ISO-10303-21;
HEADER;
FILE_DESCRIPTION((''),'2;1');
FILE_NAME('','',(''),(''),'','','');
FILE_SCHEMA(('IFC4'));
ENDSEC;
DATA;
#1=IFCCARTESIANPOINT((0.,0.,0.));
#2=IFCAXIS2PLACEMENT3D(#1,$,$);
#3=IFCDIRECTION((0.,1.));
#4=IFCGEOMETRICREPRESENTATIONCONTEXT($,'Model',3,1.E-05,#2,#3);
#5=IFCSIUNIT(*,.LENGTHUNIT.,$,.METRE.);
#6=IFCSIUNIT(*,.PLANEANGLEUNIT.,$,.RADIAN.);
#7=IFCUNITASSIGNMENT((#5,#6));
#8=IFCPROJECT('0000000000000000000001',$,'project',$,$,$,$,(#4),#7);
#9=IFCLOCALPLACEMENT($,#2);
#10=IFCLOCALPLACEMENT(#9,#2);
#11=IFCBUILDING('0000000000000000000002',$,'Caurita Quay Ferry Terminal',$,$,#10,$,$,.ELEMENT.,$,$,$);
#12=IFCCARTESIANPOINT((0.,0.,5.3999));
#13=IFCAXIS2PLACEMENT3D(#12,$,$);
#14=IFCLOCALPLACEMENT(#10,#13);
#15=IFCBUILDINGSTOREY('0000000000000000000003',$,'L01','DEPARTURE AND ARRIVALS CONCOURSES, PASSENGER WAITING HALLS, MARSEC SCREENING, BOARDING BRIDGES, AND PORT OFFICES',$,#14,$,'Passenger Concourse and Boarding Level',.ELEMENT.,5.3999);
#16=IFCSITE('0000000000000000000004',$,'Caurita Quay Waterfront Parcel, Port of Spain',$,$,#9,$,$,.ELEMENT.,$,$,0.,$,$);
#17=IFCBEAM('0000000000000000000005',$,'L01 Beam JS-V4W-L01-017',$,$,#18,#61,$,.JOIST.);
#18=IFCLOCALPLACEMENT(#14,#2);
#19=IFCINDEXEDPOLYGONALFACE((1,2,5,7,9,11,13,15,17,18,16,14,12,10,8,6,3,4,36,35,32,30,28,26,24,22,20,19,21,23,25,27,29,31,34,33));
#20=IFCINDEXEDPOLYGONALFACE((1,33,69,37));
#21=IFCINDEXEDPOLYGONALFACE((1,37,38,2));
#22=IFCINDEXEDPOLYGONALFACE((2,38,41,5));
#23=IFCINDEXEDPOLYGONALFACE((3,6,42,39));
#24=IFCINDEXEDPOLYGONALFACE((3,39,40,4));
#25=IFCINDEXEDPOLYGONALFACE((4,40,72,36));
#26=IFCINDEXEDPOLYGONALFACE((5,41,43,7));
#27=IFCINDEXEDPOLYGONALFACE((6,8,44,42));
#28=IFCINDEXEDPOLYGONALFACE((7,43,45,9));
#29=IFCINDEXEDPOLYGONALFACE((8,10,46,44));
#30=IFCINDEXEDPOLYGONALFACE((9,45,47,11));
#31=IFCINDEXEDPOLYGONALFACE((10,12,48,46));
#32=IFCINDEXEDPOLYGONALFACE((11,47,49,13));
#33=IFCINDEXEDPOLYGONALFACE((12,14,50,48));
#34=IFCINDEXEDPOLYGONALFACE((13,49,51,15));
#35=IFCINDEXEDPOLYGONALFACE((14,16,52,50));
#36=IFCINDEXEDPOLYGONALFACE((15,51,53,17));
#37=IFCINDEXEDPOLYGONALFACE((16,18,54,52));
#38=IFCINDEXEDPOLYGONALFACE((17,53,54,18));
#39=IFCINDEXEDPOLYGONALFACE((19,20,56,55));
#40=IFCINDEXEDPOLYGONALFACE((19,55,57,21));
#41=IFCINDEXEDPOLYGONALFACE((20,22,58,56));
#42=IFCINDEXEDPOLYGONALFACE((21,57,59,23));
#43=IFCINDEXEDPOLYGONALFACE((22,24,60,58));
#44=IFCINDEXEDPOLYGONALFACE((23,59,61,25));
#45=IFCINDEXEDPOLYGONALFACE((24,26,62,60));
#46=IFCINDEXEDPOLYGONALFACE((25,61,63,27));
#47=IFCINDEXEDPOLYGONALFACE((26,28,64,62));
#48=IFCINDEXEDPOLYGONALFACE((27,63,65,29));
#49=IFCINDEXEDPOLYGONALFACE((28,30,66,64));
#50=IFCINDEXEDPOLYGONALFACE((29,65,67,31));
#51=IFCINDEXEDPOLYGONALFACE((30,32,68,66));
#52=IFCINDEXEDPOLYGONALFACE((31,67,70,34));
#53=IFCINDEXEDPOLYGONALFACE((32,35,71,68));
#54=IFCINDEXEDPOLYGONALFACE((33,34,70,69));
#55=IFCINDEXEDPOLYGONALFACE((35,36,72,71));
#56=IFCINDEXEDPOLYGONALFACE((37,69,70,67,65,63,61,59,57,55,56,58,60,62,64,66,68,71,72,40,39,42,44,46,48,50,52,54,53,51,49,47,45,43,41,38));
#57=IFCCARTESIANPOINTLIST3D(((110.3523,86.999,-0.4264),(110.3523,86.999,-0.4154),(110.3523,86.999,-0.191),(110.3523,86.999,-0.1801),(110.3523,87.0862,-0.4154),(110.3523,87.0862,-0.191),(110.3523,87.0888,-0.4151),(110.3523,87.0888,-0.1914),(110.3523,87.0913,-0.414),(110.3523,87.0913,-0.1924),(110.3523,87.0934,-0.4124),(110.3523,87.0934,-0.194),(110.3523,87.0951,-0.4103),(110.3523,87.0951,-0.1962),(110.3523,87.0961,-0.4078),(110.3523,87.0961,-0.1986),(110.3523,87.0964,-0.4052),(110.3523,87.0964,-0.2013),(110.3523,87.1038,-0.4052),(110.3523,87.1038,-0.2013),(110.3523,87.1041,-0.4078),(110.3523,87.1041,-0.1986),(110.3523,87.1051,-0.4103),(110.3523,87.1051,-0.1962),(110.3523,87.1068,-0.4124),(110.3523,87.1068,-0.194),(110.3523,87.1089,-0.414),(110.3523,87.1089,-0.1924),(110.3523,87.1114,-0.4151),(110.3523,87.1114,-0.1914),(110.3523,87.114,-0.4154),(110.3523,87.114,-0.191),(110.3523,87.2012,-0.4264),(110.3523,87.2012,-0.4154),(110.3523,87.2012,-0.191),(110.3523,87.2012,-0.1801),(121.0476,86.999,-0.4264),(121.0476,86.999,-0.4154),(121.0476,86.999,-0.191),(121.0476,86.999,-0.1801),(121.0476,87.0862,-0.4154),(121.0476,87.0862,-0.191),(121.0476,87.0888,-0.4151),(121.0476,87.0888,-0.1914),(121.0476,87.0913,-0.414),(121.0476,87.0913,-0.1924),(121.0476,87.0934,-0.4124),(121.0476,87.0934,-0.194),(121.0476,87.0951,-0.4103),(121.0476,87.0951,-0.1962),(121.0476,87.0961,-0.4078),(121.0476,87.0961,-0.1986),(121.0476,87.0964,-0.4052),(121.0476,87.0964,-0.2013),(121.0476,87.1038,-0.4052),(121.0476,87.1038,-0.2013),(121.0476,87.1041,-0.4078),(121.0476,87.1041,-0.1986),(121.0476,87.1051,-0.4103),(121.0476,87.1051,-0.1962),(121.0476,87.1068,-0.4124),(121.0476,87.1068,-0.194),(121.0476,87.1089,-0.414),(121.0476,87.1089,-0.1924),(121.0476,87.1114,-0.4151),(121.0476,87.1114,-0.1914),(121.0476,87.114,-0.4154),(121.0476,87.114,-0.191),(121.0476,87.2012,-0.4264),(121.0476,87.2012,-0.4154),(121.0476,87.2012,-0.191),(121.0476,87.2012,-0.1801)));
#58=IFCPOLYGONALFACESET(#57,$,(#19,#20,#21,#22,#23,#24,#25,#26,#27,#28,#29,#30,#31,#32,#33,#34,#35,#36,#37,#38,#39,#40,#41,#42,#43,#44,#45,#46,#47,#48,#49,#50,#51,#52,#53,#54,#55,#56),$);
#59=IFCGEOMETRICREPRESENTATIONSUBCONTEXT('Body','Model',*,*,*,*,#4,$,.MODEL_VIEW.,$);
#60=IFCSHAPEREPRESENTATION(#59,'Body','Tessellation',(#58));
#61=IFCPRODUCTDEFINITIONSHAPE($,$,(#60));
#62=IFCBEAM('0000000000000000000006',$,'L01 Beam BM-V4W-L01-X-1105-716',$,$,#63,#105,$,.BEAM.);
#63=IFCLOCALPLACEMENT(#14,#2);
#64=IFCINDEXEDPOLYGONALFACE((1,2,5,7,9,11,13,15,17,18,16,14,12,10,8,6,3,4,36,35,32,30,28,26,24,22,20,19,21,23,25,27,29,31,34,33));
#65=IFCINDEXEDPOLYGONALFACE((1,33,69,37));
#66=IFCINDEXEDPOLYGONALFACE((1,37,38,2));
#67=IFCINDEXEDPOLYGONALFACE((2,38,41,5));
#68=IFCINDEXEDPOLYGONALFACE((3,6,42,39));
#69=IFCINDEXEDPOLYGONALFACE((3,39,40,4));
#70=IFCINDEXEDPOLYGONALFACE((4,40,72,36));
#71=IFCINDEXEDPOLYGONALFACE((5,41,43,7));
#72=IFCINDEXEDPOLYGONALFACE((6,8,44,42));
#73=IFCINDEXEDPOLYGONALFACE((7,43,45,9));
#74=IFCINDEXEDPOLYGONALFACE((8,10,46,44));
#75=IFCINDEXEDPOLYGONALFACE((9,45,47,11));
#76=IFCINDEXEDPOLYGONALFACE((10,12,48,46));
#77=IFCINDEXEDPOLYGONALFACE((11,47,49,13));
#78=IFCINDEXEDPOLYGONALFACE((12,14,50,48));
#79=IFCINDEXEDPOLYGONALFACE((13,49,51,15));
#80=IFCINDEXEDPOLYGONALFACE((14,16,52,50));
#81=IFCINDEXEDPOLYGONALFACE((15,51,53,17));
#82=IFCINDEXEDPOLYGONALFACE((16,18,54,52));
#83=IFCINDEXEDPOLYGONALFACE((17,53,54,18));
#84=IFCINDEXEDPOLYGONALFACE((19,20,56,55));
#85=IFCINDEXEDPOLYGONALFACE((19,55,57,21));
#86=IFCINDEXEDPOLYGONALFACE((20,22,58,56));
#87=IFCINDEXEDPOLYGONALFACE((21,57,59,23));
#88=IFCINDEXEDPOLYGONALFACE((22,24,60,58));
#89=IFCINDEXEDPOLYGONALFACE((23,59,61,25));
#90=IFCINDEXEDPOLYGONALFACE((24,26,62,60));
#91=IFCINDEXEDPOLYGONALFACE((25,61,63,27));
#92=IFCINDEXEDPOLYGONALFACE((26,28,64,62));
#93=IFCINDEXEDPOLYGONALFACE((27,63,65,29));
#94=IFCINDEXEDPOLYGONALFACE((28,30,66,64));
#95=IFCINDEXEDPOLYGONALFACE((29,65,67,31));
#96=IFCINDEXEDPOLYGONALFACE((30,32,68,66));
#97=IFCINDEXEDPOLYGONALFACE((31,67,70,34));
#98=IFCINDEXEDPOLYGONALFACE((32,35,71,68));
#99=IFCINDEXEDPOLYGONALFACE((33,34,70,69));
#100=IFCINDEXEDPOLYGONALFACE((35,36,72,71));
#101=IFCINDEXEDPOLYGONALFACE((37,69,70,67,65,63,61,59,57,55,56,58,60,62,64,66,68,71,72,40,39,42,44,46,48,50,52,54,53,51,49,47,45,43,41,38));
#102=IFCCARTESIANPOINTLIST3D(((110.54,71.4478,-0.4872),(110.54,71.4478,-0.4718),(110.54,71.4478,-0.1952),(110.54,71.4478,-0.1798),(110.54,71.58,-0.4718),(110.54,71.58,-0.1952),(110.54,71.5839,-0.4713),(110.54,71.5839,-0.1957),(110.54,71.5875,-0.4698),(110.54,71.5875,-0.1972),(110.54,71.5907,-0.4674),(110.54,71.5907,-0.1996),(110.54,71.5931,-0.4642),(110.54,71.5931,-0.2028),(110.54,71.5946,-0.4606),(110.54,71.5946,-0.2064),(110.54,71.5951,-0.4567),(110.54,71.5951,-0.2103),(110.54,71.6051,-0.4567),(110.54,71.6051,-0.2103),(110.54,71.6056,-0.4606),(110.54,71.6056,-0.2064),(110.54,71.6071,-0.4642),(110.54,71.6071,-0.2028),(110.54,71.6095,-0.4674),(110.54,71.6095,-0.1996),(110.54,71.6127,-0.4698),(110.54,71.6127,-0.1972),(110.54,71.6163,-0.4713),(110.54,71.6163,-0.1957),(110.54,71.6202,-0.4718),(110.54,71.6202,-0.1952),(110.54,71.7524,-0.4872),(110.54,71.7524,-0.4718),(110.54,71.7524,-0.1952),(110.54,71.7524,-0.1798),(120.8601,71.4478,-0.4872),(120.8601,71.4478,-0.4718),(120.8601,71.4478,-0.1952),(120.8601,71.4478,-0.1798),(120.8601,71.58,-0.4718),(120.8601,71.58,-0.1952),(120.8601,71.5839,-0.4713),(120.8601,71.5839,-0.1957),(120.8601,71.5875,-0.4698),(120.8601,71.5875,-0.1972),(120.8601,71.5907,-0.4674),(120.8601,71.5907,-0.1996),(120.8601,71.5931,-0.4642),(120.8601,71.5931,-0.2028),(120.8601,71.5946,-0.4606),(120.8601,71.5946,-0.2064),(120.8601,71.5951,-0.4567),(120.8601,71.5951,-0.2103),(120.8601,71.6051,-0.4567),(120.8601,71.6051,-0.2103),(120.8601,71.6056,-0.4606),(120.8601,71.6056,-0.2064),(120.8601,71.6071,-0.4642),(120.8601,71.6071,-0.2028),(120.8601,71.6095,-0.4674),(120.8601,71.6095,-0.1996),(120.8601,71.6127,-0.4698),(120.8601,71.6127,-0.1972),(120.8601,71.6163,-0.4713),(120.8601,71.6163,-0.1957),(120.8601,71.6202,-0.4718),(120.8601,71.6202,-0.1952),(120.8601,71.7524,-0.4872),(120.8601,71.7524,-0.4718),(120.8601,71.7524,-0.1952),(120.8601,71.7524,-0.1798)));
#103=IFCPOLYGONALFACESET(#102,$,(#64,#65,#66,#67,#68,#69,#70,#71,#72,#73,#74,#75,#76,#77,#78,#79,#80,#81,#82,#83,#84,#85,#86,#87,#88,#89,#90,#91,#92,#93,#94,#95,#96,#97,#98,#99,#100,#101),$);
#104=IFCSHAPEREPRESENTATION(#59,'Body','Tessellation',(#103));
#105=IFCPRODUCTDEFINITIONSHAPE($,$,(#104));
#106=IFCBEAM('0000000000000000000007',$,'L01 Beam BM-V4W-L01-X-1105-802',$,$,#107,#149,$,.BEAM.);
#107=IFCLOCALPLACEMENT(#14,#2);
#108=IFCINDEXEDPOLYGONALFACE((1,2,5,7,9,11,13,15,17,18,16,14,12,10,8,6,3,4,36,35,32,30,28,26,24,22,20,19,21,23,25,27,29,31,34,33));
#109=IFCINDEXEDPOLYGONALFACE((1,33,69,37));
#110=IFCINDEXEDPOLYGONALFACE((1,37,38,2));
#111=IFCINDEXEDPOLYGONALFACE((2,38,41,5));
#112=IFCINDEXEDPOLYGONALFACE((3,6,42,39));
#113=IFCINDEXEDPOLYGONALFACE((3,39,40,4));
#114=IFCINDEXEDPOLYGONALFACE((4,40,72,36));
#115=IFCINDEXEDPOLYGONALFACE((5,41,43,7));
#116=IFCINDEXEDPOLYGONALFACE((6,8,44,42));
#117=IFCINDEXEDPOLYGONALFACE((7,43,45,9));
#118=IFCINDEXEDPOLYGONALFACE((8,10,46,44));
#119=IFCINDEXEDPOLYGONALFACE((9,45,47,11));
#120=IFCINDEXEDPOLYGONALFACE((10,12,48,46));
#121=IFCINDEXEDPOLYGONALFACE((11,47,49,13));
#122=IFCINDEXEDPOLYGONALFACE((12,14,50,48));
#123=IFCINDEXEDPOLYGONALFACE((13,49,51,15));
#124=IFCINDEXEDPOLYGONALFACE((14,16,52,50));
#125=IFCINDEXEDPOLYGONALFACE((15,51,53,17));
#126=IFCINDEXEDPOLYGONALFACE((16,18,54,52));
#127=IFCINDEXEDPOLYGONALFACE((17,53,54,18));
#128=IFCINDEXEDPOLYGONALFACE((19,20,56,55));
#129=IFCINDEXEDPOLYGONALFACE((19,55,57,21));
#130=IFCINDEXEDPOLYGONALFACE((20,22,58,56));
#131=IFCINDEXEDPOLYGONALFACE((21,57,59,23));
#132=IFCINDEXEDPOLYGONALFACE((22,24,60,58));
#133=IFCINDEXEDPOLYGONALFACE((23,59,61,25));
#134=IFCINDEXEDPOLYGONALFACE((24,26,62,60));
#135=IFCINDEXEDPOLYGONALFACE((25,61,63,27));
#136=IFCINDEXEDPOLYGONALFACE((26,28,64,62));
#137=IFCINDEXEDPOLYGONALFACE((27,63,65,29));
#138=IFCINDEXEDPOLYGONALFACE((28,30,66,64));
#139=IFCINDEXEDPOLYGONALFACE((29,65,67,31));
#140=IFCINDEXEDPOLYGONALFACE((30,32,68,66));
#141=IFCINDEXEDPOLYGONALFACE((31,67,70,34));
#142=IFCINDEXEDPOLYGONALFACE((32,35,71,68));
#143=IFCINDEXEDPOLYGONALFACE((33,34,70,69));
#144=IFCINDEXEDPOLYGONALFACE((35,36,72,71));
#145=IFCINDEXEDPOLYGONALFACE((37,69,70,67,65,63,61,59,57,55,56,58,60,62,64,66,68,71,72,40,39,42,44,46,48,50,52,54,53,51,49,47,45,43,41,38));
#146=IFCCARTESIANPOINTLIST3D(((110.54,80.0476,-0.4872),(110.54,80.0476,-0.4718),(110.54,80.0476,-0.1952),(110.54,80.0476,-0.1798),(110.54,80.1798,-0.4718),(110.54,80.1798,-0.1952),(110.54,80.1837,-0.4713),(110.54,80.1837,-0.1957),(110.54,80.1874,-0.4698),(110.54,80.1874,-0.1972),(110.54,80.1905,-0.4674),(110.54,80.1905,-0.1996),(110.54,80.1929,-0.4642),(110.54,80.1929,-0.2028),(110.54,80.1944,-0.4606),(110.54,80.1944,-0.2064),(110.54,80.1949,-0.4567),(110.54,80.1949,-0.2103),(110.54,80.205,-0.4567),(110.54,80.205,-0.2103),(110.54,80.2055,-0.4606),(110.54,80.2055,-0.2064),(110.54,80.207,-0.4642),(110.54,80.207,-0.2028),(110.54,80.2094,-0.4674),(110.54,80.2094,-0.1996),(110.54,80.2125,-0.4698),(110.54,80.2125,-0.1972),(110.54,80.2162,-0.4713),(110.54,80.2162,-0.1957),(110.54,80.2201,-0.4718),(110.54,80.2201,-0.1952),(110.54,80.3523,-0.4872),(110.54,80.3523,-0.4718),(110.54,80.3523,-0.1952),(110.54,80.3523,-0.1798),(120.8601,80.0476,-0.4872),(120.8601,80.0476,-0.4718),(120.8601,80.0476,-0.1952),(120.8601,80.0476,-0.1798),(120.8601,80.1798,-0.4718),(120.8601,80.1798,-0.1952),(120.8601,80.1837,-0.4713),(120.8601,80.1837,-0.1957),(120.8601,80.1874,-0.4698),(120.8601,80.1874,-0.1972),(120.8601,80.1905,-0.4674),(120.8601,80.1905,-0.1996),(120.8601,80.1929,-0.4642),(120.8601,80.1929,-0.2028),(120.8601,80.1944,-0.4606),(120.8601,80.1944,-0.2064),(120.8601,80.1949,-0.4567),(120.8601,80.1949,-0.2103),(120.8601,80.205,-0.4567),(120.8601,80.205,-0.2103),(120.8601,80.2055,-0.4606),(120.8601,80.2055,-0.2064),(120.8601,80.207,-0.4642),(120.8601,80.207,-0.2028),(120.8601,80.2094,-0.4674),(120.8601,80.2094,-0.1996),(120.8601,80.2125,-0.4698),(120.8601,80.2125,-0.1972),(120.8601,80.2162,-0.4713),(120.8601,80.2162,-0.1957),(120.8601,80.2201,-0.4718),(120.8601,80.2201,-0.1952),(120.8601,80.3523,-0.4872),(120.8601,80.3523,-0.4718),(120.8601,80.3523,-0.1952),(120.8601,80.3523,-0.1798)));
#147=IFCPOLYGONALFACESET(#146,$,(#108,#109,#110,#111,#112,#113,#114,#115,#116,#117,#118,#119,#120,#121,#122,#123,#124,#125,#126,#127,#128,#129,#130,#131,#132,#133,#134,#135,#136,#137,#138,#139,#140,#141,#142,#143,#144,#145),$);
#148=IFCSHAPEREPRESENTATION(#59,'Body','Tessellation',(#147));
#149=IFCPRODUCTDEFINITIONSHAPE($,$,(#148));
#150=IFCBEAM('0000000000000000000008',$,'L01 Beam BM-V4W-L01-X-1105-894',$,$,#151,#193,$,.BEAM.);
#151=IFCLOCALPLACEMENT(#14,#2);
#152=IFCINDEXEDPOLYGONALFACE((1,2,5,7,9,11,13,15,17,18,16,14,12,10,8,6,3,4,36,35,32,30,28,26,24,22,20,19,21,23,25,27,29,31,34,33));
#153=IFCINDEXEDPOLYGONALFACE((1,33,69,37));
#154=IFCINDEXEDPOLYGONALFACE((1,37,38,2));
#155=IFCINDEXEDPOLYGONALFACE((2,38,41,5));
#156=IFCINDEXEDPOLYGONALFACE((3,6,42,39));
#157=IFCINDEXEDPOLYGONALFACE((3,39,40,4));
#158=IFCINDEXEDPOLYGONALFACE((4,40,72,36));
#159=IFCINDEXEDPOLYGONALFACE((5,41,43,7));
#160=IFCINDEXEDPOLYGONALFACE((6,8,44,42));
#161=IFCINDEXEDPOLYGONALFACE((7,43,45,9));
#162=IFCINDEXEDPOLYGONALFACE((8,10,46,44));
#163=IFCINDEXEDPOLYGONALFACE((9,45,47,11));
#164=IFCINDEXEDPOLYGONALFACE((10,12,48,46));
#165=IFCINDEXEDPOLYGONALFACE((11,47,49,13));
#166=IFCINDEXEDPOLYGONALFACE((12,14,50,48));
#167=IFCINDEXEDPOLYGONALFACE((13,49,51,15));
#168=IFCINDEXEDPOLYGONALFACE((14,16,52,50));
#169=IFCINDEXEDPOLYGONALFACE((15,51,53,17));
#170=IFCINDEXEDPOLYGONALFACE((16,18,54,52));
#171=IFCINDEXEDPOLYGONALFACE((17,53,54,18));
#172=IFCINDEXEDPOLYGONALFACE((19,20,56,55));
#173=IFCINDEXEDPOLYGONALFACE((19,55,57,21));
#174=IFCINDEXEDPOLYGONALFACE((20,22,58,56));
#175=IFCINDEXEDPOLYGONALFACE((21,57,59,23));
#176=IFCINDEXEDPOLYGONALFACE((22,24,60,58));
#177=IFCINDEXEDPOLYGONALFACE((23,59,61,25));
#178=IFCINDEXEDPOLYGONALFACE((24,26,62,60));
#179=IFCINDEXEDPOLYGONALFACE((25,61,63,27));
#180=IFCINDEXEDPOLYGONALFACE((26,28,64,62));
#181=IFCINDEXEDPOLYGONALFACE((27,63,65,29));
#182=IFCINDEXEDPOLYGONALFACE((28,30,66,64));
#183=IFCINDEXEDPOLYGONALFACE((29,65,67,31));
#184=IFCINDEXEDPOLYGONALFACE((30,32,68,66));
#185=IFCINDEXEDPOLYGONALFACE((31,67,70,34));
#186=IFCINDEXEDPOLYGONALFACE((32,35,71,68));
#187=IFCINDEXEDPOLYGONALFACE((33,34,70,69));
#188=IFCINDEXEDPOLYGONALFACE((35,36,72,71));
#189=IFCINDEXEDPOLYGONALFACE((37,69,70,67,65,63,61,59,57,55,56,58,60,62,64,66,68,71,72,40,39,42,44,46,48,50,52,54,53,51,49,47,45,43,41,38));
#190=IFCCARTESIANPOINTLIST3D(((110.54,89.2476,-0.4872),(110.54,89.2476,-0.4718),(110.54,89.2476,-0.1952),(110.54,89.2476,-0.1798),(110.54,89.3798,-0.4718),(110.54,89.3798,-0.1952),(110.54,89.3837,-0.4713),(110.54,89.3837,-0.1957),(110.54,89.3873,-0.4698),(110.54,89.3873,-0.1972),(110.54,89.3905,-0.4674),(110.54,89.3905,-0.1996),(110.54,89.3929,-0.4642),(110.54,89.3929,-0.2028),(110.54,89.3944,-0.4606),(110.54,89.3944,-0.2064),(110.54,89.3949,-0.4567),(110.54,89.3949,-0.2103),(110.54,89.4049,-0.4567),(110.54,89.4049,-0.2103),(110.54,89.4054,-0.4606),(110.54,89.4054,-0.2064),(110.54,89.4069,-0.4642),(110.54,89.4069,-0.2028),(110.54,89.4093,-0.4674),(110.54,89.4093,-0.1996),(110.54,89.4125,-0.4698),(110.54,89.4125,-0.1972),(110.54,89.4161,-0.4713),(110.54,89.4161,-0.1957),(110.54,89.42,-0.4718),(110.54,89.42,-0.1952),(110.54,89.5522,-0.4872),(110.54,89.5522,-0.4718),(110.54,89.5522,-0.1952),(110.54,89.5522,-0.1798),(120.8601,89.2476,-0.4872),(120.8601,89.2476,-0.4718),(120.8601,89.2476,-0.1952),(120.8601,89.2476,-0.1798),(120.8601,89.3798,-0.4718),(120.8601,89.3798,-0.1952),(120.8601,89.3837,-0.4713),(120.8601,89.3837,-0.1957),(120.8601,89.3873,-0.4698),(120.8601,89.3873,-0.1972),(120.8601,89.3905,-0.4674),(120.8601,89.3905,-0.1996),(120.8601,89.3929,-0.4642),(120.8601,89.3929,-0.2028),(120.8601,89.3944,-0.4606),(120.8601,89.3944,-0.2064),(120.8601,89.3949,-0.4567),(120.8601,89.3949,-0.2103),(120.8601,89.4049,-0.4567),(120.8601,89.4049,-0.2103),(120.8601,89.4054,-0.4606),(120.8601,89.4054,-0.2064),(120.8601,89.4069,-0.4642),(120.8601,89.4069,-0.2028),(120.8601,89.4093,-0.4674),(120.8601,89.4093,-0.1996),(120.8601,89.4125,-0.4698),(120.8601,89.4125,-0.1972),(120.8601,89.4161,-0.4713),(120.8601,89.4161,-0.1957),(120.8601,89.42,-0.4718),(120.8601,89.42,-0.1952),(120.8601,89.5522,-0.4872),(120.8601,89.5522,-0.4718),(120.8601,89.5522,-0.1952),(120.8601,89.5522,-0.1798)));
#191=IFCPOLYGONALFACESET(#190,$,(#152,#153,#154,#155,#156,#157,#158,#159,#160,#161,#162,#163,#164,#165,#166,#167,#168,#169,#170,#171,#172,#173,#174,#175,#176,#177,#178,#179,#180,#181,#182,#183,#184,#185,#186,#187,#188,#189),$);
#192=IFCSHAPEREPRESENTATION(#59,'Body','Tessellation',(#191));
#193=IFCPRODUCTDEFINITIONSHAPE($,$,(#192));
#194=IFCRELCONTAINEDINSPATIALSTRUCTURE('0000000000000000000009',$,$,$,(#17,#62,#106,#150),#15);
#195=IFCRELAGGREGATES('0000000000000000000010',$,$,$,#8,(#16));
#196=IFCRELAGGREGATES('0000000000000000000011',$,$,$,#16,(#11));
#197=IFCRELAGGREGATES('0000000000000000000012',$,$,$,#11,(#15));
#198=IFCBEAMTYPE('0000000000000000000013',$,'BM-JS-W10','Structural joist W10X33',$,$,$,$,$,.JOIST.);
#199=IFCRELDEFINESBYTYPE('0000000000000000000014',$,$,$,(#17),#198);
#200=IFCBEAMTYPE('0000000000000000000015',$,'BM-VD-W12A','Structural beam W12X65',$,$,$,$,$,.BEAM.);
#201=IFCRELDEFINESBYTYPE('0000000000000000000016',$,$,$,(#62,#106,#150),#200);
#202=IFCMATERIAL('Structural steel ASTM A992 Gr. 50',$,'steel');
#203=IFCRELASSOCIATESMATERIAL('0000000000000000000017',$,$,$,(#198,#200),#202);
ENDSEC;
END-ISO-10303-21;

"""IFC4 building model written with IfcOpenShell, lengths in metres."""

from ifc_helpers import new_model, si_unit, direction, frame, origin, origin_2d, place, context, subcontext, project, spatial, i_section, extrude, material, material_profile, profile_set, type_object, element, save


model = new_model("IFC4")

# Units and contexts
model_context = context("Model", 3, precision=1e-05, world=origin(), true_north=direction((0.0, 1.0)))
body_context = subcontext(model_context, "Body", "Model", "MODEL_VIEW")
ifc_project = project(units=[si_unit("LENGTHUNIT", "METRE"), si_unit("PLANEANGLEUNIT", "RADIAN")], contexts=[model_context])

# Site, building, storey
site_placement = place(None, origin())
site = spatial("IfcSite", under=ifc_project, at=site_placement, Name="Caurita Quay Waterfront Parcel, Port of Spain", CompositionType="ELEMENT", RefElevation=0.0)
building_placement = place(site_placement, origin())
building = spatial("IfcBuilding", under=site, at=building_placement, Name="Caurita Quay Ferry Terminal", CompositionType="ELEMENT")
storey_placement = place(building_placement, frame((0.0, 0.0, 5.3999)))
storey = spatial("IfcBuildingStorey", under=building, at=storey_placement, Name="L01", Description="DEPARTURE AND ARRIVALS CONCOURSES, PASSENGER WAITING HALLS, MARSEC SCREENING, BOARDING BRIDGES, AND PORT OFFICES", LongName="Passenger Concourse and Boarding Level", CompositionType="ELEMENT", Elevation=5.3999)

# Beams
ifc_material_1 = material(Name="Structural steel ASTM A992 Gr. 50", Category="steel")
ifc_material_profile_1 = material_profile(ifc_material_1, i_section(OverallWidth=0.2021, OverallDepth=0.2463, WebThickness=0.0073, FlangeThickness=0.011, FilletRadius=0.0103, at=origin_2d()), Name="W10X33")
ifc_profile_set_1 = profile_set([ifc_material_profile_1], Name="Structural steel ASTM A992 Gr. 50")
beam_type_1 = type_object("IfcBeamType", Name="BM-JS-W10", Description="Structural joist W10X33", PredefinedType="JOIST", material=ifc_profile_set_1)
for number, where, z_axis, x_axis, name in (
    (1, (110.3523, 87.1001, -0.3032), (1.0, 0.0, 0.0), (0.0, 1.0, 0.0), "L01 Beam JS-V4W-L01-017"),
):
    element("IfcBeam", number, at=place(storey_placement, frame(where, z_axis=z_axis, x_axis=x_axis)), inside=storey, type_object=beam_type_1, Name=name, PredefinedType="JOIST", context=body_context, shape_type="SweptSolid", body=[
        extrude(i_section(OverallWidth=0.2021, OverallDepth=0.2463, WebThickness=0.0073, FlangeThickness=0.011, FilletRadius=0.0103, at=origin_2d()), origin(), (0.0, 0.0, 1.0), 10.6953),
    ])
ifc_material_profile_2 = material_profile(ifc_material_1, i_section(OverallWidth=0.3047, OverallDepth=0.3074, WebThickness=0.01, FlangeThickness=0.0154, FilletRadius=0.0151, at=origin_2d()), Name="W12X65")
ifc_profile_set_2 = profile_set([ifc_material_profile_2], Name="Structural steel ASTM A992 Gr. 50")
beam_type_2 = type_object("IfcBeamType", Name="BM-VD-W12A", Description="Structural beam W12X65", PredefinedType="BEAM", material=ifc_profile_set_2)
for number, where, z_axis, x_axis, name in (
    (2, (110.54, 71.6001, -0.3335), (1.0, 0.0, 0.0), (0.0, 1.0, 0.0), "L01 Beam BM-V4W-L01-X-1105-716"),
    (3, (110.54, 80.2, -0.3335), (1.0, 0.0, 0.0), (0.0, 1.0, 0.0), "L01 Beam BM-V4W-L01-X-1105-802"),
    (4, (110.54, 89.3999, -0.3335), (1.0, 0.0, 0.0), (0.0, 1.0, 0.0), "L01 Beam BM-V4W-L01-X-1105-894"),
):
    element("IfcBeam", number, at=place(storey_placement, frame(where, z_axis=z_axis, x_axis=x_axis)), inside=storey, type_object=beam_type_2, Name=name, PredefinedType="BEAM", context=body_context, shape_type="SweptSolid", body=[
        extrude(i_section(OverallWidth=0.3047, OverallDepth=0.3074, WebThickness=0.01, FlangeThickness=0.0154, FilletRadius=0.0151, at=origin_2d()), origin(), (0.0, 0.0, 1.0), 10.3201),
    ])

save(model, "model.ifc")
